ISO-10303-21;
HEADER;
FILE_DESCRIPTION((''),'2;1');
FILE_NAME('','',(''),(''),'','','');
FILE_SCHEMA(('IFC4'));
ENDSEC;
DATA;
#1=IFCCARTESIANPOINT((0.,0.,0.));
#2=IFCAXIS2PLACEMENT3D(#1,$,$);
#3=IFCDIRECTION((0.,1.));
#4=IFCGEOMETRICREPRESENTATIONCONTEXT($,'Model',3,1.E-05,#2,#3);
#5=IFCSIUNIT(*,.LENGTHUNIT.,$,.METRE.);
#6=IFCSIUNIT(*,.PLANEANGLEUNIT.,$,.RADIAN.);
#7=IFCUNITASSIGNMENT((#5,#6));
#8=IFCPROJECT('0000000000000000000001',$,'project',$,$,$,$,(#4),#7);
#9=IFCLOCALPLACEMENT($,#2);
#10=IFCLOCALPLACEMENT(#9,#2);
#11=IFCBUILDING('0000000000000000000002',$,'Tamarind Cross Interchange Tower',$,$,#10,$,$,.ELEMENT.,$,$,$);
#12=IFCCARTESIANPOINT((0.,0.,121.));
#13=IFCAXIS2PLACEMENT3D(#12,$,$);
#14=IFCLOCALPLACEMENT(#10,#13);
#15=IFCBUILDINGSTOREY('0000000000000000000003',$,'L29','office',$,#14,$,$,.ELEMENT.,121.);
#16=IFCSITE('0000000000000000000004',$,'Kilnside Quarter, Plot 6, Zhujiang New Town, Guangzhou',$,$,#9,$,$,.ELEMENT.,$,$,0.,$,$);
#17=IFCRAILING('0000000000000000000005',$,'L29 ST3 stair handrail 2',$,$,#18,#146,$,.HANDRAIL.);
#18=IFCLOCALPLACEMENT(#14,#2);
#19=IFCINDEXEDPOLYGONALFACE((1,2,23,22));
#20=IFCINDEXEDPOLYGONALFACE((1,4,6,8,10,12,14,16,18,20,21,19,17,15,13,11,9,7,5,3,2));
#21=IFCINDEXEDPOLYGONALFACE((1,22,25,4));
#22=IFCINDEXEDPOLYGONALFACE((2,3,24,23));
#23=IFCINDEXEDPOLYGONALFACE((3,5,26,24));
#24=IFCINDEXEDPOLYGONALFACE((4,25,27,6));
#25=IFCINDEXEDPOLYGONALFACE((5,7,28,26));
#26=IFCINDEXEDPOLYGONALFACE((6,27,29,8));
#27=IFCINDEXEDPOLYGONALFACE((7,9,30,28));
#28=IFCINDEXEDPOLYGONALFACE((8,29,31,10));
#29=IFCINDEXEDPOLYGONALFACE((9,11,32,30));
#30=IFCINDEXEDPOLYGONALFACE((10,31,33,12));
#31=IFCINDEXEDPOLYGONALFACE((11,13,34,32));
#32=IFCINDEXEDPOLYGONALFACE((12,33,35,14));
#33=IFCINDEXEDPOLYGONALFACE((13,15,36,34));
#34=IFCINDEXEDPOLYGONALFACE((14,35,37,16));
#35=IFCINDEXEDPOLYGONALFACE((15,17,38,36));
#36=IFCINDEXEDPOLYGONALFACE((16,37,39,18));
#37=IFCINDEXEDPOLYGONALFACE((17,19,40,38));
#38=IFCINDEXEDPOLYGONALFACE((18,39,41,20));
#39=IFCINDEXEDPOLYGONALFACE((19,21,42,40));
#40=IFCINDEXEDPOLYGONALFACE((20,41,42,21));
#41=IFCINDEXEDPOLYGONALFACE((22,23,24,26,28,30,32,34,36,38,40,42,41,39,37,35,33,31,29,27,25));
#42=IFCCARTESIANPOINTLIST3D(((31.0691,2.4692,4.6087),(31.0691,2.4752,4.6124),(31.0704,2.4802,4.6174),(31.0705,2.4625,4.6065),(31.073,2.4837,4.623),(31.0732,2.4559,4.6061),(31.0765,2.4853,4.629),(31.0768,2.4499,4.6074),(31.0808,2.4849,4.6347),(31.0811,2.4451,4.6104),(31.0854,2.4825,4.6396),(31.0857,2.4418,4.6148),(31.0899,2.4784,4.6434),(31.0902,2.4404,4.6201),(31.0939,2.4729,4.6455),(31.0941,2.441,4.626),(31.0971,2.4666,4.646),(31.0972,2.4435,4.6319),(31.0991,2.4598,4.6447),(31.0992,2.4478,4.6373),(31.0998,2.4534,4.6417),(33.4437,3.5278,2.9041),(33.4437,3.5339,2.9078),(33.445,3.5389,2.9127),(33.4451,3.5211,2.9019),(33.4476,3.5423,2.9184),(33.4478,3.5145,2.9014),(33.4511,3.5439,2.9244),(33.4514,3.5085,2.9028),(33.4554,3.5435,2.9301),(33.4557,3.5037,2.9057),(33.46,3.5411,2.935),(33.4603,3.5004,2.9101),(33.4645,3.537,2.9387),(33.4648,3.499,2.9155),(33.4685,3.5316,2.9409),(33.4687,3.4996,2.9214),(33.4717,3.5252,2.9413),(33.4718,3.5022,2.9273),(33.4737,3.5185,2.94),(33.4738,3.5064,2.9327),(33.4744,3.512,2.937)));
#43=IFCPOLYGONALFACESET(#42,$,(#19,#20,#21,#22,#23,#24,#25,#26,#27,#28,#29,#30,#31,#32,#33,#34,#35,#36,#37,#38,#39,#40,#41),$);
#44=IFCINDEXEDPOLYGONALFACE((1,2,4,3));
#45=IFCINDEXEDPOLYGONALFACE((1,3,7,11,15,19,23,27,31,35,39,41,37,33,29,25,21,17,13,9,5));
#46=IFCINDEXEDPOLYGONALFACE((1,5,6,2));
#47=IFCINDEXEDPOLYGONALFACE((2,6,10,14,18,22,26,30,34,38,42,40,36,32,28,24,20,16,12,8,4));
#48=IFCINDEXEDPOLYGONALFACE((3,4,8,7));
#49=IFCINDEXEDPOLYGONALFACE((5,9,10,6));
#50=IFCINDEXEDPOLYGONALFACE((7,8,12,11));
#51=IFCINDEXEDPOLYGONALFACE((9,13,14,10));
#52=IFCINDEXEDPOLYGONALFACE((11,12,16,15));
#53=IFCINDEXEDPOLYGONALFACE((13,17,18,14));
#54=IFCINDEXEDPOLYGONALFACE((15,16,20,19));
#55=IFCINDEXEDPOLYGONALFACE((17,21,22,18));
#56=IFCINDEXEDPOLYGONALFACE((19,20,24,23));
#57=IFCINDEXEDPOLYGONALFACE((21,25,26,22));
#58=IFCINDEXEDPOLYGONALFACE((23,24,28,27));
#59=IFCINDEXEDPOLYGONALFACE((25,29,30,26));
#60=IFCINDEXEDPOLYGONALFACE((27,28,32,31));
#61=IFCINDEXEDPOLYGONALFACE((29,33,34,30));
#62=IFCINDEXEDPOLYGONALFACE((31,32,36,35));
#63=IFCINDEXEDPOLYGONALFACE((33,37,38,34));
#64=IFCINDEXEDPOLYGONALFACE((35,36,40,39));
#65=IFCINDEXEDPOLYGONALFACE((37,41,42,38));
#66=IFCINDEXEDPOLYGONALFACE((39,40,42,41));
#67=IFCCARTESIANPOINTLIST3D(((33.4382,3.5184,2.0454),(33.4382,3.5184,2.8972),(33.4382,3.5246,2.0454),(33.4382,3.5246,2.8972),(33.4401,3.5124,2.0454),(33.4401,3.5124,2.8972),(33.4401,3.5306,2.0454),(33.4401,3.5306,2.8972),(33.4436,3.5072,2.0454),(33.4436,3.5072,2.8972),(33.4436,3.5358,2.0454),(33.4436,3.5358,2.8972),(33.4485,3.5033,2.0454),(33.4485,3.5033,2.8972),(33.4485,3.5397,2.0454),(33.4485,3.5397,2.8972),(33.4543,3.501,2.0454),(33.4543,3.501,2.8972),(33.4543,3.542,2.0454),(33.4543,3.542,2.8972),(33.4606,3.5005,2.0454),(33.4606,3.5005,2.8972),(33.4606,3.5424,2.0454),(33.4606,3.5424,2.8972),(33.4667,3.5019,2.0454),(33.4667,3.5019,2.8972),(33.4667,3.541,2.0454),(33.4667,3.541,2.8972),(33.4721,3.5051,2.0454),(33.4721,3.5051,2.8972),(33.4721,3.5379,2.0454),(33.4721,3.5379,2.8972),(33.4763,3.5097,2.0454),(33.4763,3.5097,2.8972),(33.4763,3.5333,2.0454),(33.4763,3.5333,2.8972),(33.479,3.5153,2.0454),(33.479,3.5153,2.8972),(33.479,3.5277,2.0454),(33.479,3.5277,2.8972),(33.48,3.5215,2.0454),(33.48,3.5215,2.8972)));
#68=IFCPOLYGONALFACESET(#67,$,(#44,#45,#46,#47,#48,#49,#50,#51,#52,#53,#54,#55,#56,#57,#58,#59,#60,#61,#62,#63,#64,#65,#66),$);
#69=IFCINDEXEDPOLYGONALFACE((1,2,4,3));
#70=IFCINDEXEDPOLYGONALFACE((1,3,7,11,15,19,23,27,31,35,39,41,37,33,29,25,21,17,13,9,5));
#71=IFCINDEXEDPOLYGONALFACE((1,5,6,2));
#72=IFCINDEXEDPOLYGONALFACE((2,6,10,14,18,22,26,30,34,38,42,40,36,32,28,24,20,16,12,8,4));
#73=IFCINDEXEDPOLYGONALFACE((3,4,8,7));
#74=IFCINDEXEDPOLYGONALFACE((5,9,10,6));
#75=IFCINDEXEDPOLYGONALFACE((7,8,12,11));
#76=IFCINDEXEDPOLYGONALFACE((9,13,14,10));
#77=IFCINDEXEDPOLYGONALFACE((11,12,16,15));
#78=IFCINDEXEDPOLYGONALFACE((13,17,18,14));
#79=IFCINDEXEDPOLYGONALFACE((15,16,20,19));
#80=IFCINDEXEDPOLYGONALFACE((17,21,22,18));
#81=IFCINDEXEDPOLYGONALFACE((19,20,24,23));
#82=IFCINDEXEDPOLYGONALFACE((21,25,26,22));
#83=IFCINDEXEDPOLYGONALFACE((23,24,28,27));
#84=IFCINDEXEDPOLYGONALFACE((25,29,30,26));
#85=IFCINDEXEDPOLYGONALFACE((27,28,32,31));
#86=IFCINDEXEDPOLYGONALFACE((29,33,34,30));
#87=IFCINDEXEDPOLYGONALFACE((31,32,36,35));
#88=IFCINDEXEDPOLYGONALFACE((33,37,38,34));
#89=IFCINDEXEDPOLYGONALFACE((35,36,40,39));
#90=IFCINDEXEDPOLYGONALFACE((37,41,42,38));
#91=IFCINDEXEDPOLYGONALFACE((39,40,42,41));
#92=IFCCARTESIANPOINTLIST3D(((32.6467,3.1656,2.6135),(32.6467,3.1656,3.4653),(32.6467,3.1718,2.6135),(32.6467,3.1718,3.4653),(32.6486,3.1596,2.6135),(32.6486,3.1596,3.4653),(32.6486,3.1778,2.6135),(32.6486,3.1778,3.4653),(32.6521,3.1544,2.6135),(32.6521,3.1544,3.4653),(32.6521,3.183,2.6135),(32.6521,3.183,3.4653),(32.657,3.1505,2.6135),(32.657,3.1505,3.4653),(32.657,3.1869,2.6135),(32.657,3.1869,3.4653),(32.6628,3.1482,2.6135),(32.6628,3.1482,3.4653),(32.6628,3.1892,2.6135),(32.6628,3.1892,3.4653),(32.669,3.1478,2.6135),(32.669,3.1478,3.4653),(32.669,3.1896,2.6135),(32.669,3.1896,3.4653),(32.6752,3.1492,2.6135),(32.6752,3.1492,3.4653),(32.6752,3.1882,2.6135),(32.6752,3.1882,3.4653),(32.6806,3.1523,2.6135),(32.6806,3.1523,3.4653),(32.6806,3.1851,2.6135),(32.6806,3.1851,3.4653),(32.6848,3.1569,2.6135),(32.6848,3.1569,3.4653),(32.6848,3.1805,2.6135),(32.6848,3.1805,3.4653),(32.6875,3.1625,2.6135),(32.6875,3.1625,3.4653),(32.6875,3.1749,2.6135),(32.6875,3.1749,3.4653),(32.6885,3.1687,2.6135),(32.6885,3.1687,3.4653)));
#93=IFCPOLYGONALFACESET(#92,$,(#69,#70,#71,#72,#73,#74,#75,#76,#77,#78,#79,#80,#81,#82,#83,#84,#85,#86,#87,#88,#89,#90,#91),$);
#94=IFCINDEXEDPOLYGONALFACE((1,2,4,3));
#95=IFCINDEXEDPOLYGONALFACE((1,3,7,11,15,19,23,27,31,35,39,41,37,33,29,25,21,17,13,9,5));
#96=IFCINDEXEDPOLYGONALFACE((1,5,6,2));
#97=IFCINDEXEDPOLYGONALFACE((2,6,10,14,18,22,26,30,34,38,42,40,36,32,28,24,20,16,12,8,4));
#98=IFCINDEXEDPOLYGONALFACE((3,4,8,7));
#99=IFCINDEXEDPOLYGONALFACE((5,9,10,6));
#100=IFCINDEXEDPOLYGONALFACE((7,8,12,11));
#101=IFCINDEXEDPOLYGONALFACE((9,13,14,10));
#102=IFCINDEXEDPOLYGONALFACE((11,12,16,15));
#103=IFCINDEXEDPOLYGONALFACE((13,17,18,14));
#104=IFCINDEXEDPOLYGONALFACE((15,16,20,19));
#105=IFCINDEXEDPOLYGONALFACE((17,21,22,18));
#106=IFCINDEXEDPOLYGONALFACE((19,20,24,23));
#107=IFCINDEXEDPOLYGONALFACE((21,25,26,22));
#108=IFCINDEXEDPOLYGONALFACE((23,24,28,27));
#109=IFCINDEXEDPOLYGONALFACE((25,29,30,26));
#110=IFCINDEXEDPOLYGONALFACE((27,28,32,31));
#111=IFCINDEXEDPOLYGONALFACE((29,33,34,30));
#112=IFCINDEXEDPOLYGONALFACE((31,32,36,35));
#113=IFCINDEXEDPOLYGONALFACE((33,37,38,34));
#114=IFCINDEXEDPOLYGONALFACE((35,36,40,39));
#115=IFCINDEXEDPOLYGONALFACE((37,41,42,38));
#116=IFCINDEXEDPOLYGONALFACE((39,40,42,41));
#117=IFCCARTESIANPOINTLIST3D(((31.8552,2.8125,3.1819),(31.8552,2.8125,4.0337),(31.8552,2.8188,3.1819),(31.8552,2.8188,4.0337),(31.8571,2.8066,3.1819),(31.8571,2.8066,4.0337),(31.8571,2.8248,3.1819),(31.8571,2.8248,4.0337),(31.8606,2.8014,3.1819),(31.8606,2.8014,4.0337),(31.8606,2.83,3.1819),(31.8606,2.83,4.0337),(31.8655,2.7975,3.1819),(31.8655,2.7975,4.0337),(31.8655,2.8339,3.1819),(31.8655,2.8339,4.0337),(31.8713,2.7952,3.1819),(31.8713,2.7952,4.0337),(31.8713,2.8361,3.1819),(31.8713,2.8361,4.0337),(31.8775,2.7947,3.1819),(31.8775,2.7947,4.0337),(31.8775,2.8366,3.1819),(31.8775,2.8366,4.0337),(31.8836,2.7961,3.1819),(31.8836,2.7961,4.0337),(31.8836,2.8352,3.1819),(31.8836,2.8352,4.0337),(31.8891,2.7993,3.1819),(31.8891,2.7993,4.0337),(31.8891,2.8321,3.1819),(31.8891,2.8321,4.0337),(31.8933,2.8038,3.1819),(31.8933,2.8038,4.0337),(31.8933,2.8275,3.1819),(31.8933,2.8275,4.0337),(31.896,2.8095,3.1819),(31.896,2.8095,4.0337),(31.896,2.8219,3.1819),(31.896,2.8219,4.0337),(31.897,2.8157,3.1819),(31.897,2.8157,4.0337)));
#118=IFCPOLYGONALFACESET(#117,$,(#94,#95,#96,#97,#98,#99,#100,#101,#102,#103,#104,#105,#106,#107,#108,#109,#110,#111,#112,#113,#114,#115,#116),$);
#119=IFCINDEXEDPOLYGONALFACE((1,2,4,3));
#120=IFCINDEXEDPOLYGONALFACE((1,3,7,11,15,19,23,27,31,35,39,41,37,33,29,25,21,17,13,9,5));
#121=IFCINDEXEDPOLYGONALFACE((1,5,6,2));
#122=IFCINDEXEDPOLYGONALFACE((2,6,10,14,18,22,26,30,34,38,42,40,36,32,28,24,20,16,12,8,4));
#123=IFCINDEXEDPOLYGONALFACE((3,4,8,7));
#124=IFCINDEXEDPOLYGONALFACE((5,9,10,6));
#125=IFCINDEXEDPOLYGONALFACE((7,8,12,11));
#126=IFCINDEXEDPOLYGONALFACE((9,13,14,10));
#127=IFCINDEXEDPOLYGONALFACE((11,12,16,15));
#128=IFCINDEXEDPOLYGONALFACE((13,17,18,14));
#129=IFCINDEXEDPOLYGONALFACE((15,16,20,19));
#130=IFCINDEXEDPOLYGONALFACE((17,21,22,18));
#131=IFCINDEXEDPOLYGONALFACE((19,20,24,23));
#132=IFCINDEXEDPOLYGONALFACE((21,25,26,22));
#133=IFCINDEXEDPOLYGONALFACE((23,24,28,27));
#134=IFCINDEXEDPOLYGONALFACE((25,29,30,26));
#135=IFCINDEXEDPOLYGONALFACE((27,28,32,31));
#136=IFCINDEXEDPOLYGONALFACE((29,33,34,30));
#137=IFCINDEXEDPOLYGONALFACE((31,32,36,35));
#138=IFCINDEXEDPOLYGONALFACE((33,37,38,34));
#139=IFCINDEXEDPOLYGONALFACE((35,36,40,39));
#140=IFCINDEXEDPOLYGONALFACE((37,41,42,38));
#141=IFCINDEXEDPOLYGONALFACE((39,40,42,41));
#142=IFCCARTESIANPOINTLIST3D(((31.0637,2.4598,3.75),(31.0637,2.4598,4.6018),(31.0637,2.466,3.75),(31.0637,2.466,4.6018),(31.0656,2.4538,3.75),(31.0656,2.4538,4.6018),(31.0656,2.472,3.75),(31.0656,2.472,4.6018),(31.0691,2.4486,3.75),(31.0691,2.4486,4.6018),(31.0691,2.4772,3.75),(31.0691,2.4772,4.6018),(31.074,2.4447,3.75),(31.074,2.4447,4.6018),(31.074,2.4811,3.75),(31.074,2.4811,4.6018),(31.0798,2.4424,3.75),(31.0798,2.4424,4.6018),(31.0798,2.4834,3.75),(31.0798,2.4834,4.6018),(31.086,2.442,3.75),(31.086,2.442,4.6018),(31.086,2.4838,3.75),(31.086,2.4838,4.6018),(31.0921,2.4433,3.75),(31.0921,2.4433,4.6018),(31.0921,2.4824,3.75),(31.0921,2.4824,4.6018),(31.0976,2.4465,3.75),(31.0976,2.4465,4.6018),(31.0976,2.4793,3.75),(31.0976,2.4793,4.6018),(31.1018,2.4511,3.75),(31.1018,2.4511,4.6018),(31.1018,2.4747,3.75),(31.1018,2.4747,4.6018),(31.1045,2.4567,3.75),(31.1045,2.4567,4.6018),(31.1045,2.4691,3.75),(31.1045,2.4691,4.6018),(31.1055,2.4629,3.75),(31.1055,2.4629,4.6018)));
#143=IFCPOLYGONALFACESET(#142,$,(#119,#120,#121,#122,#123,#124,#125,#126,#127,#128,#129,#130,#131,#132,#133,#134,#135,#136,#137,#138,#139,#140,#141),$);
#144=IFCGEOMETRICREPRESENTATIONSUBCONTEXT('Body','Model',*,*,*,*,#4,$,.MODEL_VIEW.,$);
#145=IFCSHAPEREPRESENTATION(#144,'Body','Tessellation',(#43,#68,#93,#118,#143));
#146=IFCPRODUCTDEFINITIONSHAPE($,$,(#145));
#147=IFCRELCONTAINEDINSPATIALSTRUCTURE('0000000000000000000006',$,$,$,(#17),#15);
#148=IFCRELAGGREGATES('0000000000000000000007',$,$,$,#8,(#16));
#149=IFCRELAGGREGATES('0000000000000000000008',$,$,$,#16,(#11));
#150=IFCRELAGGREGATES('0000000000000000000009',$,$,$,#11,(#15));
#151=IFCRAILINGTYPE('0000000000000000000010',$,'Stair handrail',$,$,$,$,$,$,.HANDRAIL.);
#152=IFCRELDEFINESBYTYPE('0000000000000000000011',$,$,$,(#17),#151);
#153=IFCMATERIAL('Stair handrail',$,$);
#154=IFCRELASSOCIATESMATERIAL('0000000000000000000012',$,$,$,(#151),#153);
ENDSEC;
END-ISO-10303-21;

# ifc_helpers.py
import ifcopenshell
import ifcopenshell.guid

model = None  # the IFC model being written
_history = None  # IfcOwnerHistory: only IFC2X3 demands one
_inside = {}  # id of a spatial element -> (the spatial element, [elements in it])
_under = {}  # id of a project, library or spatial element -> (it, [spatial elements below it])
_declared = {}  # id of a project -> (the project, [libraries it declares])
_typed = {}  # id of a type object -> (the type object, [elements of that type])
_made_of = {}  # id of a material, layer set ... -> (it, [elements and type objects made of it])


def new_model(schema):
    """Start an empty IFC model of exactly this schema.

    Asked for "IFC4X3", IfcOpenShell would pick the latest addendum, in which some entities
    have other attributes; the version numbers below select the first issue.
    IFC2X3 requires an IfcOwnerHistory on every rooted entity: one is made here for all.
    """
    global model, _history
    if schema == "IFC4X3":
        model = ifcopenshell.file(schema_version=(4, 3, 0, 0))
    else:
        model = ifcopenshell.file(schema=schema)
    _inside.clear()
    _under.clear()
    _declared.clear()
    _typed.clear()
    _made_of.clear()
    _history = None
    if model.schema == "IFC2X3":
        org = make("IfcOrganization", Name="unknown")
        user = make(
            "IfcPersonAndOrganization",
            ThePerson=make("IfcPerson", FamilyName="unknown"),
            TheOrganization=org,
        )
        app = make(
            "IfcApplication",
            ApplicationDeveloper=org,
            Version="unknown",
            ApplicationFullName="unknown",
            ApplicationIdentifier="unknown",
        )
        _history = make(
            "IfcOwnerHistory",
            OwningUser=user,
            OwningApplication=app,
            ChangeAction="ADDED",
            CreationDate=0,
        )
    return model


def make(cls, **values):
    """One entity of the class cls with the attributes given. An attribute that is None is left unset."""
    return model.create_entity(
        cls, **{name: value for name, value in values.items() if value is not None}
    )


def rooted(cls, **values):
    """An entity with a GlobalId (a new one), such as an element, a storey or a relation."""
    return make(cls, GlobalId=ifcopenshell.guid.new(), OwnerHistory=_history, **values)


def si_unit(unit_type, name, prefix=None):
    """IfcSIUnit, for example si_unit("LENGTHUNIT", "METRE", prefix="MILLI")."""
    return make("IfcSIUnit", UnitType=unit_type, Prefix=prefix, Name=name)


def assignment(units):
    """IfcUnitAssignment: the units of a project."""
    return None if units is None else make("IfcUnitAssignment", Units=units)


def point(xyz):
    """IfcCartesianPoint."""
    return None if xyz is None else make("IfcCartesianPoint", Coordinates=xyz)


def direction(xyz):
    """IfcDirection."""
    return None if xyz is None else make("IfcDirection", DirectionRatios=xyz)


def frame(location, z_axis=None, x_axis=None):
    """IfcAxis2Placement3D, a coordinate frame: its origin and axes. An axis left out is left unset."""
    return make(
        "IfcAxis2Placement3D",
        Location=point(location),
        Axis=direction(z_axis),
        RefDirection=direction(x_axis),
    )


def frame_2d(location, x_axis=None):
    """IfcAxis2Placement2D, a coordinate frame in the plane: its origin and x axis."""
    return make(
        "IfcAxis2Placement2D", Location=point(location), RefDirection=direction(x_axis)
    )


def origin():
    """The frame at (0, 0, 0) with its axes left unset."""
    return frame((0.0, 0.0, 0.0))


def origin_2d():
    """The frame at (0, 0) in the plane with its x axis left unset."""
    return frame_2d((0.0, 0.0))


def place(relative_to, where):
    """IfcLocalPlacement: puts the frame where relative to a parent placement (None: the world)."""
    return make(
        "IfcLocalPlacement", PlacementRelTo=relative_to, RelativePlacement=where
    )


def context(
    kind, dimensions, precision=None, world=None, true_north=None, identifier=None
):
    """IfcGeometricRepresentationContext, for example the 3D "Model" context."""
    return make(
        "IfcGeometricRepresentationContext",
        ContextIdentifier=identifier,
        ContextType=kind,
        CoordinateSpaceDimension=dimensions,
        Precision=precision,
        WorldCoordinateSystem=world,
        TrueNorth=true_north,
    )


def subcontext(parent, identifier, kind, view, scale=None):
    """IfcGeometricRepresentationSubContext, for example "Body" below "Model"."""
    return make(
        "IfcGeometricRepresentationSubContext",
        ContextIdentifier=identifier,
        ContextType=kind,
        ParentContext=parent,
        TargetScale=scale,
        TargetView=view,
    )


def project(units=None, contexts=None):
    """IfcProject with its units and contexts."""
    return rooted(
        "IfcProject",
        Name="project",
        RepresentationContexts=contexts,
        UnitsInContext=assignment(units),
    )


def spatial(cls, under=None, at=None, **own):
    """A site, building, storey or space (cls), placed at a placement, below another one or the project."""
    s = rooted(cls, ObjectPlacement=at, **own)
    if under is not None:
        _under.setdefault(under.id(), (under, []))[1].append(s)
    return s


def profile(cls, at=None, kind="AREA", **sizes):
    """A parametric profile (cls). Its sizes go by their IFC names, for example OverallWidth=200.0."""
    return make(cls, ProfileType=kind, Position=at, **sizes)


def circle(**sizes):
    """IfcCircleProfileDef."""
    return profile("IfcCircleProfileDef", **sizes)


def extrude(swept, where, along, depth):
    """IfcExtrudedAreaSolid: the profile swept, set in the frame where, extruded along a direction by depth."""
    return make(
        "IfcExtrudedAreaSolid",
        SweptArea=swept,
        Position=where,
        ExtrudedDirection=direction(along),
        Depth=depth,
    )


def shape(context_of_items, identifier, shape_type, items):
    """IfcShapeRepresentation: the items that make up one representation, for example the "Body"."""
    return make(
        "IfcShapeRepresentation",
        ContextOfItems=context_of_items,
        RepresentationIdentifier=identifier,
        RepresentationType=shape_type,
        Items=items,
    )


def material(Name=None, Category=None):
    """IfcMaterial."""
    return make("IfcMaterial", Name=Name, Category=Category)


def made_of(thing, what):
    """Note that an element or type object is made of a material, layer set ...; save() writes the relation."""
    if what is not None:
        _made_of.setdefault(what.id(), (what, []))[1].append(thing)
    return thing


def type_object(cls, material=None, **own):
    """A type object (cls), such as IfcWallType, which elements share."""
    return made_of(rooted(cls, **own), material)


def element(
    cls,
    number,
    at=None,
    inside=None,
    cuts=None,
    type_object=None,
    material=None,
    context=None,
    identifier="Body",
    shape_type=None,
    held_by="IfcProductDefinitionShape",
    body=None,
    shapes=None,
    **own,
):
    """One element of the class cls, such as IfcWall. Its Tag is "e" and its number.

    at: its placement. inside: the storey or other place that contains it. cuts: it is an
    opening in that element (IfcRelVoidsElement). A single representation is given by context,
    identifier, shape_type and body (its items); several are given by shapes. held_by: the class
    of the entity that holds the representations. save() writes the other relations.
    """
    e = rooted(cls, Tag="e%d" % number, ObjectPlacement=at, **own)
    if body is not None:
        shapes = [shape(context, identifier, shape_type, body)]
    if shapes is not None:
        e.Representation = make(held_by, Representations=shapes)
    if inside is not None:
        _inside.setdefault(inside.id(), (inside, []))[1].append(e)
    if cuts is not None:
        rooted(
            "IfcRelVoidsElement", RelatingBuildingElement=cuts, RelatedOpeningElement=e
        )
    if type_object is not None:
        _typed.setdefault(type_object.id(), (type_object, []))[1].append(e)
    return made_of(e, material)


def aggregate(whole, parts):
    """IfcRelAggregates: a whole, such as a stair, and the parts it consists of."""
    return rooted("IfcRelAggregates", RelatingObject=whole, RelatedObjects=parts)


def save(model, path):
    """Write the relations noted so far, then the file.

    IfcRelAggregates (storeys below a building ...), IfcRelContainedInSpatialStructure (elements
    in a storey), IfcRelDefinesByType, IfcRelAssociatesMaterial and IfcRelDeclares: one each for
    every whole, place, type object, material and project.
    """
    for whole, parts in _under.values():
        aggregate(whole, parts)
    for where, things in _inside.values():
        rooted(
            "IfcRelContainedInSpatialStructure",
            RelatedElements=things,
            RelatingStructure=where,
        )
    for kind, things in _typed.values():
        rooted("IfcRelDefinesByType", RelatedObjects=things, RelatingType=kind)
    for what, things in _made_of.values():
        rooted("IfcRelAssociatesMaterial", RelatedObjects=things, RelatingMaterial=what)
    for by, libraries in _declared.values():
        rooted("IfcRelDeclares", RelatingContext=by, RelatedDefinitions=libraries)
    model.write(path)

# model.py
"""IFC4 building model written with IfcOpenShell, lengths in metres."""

from ifc_helpers import new_model, si_unit, direction, frame, origin, origin_2d, place, context, subcontext, project, spatial, circle, extrude, material, type_object, element, save


model = new_model("IFC4")

# Units and contexts
model_context = context("Model", 3, precision=1e-05, world=origin(), true_north=direction((0.0, 1.0)))
body_context = subcontext(model_context, "Body", "Model", "MODEL_VIEW")
ifc_project = project(units=[si_unit("LENGTHUNIT", "METRE"), si_unit("PLANEANGLEUNIT", "RADIAN")], contexts=[model_context])

# Site, building, storey
site_placement = place(None, origin())
site = spatial("IfcSite", under=ifc_project, at=site_placement, Name="Kilnside Quarter, Plot 6, Zhujiang New Town, Guangzhou", CompositionType="ELEMENT", RefElevation=0.0)
building_placement = place(site_placement, origin())
building = spatial("IfcBuilding", under=site, at=building_placement, Name="Tamarind Cross Interchange Tower", CompositionType="ELEMENT")
storey_placement = place(building_placement, frame((0.0, 0.0, 121.0)))
storey = spatial("IfcBuildingStorey", under=building, at=storey_placement, Name="L29", Description="office", CompositionType="ELEMENT", Elevation=121.0)

# Railing
ifc_material_1 = material(Name="Stair handrail")
railing_type_1 = type_object("IfcRailingType", Name="Stair handrail", PredefinedType="HANDRAIL", material=ifc_material_1)
railing_1_placement = place(storey_placement, frame((33.459, 3.5215, 2.0454)))
element("IfcRailing", 1, at=railing_1_placement, inside=storey, type_object=railing_type_1, Name="L29 ST3 stair handrail 2", PredefinedType="HANDRAIL", context=body_context, shape_type="SweptSolid", body=[
    extrude(circle(Radius=0.0239, at=origin_2d()), frame((0.0, 0.0, 0.876), z_axis=(-0.763807, -0.340517, 0.548314), x_axis=(0.407184, -0.913346, 0.0)), (0.0, 0.0, 1.0), 3.1089),
    extrude(circle(Radius=0.021, at=origin_2d()), origin(), (0.0, 0.0, 1.0), 0.8518),
    extrude(circle(Radius=0.021, at=origin_2d()), frame((-0.7915, -0.3528, 0.5681)), (0.0, 0.0, 1.0), 0.8518),
    extrude(circle(Radius=0.021, at=origin_2d()), frame((-1.583, -0.7058, 1.1365)), (0.0, 0.0, 1.0), 0.8518),
    extrude(circle(Radius=0.021, at=origin_2d()), frame((-2.3745, -1.0586, 1.7046)), (0.0, 0.0, 1.0), 0.8518),
])

save(model, "model.ifc")
